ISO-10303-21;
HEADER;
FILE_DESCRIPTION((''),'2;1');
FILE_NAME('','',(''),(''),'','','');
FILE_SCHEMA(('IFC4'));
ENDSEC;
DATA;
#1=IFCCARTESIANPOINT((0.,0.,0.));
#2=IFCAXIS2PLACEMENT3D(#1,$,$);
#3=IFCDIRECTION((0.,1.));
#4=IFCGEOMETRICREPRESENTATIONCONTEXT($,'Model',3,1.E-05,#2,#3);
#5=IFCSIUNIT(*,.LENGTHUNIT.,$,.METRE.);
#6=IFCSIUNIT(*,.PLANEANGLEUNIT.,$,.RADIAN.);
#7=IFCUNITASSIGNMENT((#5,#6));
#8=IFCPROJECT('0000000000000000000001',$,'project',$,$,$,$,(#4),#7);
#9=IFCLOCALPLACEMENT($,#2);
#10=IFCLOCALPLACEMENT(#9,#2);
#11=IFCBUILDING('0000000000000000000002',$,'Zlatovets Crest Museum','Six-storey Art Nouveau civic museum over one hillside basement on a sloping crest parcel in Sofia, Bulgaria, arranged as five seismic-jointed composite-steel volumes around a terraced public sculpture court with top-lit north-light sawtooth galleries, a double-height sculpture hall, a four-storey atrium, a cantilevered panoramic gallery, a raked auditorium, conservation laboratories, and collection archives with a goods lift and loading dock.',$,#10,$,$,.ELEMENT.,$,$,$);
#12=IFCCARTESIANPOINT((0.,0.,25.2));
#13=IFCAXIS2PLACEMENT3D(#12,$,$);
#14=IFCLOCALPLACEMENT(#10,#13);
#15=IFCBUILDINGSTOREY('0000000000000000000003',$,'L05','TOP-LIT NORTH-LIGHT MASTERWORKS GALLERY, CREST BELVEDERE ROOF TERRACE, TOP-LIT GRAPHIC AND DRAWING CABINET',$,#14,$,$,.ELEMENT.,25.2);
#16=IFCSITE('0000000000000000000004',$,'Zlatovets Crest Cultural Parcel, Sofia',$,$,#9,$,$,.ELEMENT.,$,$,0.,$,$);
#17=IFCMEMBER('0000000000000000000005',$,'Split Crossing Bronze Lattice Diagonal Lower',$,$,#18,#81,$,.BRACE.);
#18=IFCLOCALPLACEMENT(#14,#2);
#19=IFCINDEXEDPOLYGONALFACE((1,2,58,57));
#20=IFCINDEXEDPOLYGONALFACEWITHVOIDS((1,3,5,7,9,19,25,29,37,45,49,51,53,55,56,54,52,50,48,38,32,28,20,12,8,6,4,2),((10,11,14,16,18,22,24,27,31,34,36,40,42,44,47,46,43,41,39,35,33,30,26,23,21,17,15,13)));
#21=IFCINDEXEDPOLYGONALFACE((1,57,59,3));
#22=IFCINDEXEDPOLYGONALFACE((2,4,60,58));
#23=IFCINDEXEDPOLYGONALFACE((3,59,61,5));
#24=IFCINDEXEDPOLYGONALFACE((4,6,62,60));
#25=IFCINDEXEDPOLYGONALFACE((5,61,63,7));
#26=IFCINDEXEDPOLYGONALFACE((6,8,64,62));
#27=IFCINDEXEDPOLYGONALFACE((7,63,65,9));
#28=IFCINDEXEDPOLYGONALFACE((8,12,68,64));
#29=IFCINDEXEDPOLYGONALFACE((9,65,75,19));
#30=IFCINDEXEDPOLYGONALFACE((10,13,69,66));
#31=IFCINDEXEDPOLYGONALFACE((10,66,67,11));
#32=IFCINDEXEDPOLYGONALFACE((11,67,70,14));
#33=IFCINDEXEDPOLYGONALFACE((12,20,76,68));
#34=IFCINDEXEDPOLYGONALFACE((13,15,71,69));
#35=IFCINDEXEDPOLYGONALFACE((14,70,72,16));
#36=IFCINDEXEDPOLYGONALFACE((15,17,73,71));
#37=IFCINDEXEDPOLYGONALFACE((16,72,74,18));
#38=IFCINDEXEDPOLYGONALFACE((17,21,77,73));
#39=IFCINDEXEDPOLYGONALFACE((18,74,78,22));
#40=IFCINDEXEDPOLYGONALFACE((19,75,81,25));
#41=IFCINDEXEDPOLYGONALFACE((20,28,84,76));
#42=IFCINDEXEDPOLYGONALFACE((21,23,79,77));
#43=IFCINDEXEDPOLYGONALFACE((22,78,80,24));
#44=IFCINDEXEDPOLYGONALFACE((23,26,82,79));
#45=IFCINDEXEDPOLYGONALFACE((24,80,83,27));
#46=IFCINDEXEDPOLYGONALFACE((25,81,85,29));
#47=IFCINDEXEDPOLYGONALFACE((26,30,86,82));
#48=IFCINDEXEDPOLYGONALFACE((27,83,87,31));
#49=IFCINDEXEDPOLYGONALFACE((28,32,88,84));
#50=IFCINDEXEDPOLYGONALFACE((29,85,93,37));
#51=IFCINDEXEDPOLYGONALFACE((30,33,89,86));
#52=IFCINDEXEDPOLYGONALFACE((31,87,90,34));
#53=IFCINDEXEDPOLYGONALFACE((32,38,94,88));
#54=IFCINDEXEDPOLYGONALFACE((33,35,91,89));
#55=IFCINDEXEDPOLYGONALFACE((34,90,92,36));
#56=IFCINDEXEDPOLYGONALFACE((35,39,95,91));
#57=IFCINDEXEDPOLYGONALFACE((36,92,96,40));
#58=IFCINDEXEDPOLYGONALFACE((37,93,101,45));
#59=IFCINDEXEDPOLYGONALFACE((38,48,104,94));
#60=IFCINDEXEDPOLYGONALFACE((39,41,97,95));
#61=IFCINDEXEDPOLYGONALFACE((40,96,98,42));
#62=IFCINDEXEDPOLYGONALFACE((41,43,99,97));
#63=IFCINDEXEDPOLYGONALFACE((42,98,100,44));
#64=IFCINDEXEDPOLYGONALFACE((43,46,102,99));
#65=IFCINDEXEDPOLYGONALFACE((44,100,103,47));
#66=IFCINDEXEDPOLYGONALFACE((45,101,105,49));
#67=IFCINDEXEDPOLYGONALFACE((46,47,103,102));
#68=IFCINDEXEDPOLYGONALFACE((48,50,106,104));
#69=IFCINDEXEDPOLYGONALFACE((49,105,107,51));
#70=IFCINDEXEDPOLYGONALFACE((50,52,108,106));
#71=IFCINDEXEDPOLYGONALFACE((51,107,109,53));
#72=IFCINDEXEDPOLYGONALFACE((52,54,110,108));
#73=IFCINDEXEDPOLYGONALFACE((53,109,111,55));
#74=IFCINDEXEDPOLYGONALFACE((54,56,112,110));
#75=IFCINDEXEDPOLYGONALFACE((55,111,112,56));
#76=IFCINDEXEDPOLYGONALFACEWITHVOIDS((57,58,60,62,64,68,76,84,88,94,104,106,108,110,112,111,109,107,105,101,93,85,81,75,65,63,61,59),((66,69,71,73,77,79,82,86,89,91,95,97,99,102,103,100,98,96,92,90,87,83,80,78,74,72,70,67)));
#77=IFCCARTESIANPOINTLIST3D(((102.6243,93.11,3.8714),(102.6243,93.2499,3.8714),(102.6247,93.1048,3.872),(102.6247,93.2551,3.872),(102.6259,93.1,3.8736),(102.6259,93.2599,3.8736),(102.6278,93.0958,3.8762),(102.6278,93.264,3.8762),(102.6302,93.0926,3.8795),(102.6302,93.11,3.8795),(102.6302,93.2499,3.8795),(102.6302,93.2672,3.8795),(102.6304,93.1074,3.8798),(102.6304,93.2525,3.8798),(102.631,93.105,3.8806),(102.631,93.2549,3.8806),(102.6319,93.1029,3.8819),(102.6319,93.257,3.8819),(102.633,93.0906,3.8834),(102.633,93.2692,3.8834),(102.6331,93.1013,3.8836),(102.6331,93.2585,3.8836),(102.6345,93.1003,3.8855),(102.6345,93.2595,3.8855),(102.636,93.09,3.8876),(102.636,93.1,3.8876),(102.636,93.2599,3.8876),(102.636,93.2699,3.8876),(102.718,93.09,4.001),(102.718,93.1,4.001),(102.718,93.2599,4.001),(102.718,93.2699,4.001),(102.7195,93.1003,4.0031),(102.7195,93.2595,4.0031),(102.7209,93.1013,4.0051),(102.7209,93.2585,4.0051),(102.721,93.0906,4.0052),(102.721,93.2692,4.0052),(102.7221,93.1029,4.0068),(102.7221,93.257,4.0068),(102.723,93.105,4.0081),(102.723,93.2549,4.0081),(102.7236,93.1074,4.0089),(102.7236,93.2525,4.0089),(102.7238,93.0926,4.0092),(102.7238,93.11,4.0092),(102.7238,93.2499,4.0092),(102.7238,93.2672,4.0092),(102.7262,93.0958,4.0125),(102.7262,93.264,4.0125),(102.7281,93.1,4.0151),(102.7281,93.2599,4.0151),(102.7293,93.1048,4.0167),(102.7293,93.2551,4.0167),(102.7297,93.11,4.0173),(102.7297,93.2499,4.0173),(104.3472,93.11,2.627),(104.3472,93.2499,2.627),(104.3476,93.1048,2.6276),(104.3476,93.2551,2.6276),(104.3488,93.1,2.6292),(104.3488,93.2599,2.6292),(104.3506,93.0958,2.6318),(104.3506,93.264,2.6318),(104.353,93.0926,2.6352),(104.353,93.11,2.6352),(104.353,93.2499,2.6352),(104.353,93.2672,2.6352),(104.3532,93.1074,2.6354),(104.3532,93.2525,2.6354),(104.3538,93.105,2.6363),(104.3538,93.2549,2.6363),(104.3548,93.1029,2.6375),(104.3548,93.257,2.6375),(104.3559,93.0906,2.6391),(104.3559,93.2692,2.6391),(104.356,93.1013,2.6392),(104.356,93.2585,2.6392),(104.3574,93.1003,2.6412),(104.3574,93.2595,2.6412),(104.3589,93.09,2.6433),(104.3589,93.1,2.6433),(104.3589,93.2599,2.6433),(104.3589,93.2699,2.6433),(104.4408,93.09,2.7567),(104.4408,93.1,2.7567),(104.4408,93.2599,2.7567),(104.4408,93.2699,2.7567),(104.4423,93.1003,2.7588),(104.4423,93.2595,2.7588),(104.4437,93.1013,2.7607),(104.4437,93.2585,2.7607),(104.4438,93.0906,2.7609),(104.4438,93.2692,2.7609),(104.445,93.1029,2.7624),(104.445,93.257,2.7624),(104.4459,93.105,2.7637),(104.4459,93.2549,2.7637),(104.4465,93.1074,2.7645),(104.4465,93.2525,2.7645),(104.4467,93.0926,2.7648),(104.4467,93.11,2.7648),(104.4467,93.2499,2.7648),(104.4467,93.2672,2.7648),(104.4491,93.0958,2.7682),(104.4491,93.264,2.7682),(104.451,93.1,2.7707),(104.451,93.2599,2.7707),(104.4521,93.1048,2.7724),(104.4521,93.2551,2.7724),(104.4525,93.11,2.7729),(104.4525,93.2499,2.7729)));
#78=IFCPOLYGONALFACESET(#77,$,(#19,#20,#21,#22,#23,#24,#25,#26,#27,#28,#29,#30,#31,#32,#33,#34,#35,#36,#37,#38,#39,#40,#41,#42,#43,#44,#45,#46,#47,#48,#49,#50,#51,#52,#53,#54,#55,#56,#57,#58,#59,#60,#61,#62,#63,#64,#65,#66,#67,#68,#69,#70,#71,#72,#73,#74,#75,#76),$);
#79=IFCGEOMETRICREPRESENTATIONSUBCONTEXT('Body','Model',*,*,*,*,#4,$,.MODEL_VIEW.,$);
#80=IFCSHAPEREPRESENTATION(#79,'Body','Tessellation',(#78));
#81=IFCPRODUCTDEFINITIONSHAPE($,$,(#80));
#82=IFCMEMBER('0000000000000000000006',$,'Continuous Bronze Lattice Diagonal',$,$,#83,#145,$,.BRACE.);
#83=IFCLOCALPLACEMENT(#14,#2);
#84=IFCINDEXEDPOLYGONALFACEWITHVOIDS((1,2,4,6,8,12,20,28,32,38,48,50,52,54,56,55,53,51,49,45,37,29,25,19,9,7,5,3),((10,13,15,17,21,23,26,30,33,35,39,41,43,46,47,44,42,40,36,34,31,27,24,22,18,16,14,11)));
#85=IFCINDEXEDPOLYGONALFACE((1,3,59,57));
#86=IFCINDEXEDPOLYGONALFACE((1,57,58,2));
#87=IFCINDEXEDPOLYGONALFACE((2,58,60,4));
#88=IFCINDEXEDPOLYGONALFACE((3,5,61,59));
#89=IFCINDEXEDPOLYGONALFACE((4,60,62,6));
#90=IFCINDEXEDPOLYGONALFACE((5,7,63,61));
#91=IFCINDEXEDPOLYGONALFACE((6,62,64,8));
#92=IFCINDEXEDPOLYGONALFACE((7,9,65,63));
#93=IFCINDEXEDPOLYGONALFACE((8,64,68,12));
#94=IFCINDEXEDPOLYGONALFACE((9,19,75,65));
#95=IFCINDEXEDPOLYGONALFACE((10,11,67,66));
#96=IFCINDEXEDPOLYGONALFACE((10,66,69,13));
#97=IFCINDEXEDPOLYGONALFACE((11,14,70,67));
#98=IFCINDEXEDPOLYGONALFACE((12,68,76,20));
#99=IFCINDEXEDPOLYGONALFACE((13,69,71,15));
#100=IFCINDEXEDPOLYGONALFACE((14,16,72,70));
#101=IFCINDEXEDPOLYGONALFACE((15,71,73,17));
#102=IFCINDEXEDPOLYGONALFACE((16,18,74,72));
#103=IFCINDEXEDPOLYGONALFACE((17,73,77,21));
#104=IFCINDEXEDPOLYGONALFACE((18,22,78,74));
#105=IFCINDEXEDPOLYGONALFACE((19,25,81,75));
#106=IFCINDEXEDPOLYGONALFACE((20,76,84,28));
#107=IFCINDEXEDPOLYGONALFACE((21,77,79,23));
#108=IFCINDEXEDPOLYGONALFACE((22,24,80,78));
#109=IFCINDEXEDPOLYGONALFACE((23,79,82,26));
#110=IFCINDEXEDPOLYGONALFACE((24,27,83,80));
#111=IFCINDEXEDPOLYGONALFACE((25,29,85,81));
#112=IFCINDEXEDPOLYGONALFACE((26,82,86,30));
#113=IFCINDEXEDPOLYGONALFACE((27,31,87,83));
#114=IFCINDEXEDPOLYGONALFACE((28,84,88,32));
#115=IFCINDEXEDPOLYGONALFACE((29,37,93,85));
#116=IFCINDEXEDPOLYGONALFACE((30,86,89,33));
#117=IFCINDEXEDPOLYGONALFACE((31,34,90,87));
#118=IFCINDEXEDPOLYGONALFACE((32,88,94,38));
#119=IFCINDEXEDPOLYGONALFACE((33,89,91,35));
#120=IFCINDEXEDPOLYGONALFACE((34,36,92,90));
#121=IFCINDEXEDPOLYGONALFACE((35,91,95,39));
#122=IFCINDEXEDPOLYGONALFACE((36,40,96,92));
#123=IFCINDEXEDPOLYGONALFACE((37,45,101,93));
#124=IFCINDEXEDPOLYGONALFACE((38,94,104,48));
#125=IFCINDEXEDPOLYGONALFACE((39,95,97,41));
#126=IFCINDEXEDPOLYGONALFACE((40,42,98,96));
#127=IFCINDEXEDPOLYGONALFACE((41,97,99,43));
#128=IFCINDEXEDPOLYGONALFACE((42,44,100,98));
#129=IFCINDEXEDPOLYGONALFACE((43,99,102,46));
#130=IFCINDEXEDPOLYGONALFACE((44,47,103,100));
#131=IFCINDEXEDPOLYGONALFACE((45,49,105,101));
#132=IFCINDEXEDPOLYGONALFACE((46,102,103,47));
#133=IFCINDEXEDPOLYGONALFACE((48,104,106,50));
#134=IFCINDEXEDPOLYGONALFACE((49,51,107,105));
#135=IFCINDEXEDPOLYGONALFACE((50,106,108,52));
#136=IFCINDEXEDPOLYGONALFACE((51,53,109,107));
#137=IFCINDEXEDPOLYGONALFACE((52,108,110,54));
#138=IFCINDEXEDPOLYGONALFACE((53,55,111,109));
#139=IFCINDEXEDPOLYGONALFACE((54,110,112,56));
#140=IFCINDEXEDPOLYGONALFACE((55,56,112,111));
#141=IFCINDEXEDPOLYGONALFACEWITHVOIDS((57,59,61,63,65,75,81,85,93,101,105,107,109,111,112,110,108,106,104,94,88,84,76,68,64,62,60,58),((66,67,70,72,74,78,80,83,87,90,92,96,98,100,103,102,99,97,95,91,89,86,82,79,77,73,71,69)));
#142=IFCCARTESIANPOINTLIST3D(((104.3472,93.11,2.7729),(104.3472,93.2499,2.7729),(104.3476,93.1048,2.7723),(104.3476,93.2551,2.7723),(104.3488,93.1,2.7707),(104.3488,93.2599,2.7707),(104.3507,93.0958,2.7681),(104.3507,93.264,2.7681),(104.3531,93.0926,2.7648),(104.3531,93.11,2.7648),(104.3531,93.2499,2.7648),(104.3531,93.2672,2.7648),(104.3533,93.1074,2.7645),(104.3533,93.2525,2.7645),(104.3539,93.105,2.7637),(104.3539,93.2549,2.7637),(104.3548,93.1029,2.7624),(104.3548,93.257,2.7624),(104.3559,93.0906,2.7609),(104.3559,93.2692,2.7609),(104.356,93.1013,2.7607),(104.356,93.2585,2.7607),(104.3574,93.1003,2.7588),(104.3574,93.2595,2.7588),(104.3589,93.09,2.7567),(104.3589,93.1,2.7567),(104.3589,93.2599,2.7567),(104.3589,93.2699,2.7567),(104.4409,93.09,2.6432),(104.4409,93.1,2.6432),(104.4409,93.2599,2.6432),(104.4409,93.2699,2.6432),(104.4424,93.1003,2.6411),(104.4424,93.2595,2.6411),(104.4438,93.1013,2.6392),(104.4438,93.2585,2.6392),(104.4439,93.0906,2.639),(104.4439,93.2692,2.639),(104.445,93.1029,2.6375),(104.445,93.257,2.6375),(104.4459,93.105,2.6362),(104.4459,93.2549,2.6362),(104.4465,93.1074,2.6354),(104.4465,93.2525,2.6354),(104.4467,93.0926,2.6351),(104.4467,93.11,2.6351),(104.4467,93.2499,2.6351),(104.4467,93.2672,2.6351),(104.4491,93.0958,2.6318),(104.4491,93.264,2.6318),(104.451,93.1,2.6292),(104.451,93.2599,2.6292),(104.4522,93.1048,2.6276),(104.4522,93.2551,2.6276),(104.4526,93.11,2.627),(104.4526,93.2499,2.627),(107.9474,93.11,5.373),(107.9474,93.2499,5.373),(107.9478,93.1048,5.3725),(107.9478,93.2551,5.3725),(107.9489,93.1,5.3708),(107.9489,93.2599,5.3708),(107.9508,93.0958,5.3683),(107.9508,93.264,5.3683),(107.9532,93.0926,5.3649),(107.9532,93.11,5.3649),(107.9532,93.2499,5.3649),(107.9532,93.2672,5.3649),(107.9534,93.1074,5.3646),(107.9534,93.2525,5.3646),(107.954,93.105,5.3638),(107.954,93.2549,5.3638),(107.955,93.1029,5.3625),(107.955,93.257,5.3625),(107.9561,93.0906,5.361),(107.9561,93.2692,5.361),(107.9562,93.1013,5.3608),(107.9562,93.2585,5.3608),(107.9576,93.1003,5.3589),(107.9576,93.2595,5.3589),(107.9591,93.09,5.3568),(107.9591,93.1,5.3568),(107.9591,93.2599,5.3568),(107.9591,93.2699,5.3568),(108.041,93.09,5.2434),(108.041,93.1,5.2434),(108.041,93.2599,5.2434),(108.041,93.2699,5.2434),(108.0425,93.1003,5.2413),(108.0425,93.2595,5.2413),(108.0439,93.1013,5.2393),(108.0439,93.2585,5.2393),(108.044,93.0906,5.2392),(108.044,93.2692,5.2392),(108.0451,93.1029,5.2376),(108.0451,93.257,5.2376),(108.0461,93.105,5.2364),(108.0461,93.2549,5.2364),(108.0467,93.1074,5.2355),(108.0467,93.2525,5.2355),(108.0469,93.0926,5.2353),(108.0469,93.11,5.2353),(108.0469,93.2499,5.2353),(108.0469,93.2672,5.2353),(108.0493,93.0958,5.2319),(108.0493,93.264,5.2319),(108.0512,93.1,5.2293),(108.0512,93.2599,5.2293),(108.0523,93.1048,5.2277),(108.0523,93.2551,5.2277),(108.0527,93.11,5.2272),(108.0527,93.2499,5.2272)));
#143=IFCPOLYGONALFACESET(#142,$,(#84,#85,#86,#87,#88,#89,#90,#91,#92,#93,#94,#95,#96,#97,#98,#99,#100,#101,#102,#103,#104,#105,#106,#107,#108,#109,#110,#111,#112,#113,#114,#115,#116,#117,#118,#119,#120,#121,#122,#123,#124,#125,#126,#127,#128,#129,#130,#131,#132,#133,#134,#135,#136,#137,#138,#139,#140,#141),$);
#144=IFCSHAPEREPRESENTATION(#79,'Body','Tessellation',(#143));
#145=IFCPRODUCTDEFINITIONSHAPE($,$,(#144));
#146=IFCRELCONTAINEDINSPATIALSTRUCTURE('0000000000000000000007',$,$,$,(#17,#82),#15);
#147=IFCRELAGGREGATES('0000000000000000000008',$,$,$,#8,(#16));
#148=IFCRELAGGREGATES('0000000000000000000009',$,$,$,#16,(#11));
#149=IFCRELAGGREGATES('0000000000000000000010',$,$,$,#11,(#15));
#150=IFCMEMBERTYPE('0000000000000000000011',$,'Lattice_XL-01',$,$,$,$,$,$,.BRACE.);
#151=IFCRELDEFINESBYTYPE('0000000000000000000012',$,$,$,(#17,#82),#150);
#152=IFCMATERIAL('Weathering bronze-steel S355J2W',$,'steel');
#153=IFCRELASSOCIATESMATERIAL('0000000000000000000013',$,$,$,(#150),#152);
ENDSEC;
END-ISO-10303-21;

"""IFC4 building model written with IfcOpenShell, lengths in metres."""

from ifc_helpers import new_model, si_unit, direction, frame, origin, origin_2d, place, context, subcontext, project, spatial, hollow_rectangle, extrude, material, material_profile, profile_set, type_object, element, save


model = new_model("IFC4")

# Units and contexts
model_context = context("Model", 3, precision=1e-05, world=origin(), true_north=direction((0.0, 1.0)))
body_context = subcontext(model_context, "Body", "Model", "MODEL_VIEW")
ifc_project = project(units=[si_unit("LENGTHUNIT", "METRE"), si_unit("PLANEANGLEUNIT", "RADIAN")], contexts=[model_context])

# Site, building, storey
site_placement = place(None, origin())
site = spatial("IfcSite", under=ifc_project, at=site_placement, Name="Zlatovets Crest Cultural Parcel, Sofia", CompositionType="ELEMENT", RefElevation=0.0)
building_placement = place(site_placement, origin())
building = spatial("IfcBuilding", under=site, at=building_placement, Name="Zlatovets Crest Museum", Description="Six-storey Art Nouveau civic museum over one hillside basement on a sloping crest parcel in Sofia, Bulgaria, arranged as five seismic-jointed composite-steel volumes around a terraced public sculpture court with top-lit north-light sawtooth galleries, a double-height sculpture hall, a four-storey atrium, a cantilevered panoramic gallery, a raked auditorium, conservation laboratories, and collection archives with a goods lift and loading dock.", CompositionType="ELEMENT")
storey_placement = place(building_placement, frame((0.0, 0.0, 25.2)))
storey = spatial("IfcBuildingStorey", under=building, at=storey_placement, Name="L05", Description="TOP-LIT NORTH-LIGHT MASTERWORKS GALLERY, CREST BELVEDERE ROOF TERRACE, TOP-LIT GRAPHIC AND DRAWING CABINET", CompositionType="ELEMENT", Elevation=25.2)

# Members
ifc_material_1 = material(Name="Weathering bronze-steel S355J2W", Category="steel")
ifc_material_profile_1 = material_profile(ifc_material_1, hollow_rectangle(XDim=0.1799, YDim=0.1799, WallThickness=0.01, InnerFilletRadius=0.01, OuterFilletRadius=0.02, at=origin_2d()), Name="SHS 180x180x10.0")
ifc_profile_set_1 = profile_set([ifc_material_profile_1], Name="Weathering bronze-steel S355J2W")
member_type_1 = type_object("IfcMemberType", Name="Lattice_XL-01", PredefinedType="BRACE", material=ifc_profile_set_1)
for number, where, z_axis, x_axis, name in (
    (1, (102.677, 93.1799, 3.9443), (0.810664, 0.0, -0.585512), (0.0, 1.0, 0.0), "Split Crossing Bronze Lattice Diagonal Lower"),
):
    element("IfcMember", number, at=place(storey_placement, frame(where, z_axis=z_axis, x_axis=x_axis)), inside=storey, type_object=member_type_1, Name=name, PredefinedType="BRACE", context=body_context, shape_type="SweptSolid", body=[
        extrude(hollow_rectangle(XDim=0.1799, YDim=0.1799, WallThickness=0.01, InnerFilletRadius=0.01, OuterFilletRadius=0.02, at=origin_2d()), origin(), (0.0, 0.0, 1.0), 2.1252),
    ])
member_1_placement = place(storey_placement, frame((104.3999, 93.1799, 2.7), z_axis=(0.810676, 0.0, 0.585495), x_axis=(0.0, 1.0, 0.0)))
element("IfcMember", 2, at=member_1_placement, inside=storey, type_object=member_type_1, Name="Continuous Bronze Lattice Diagonal", PredefinedType="BRACE", context=body_context, shape_type="SweptSolid", body=[
    extrude(hollow_rectangle(XDim=0.1799, YDim=0.1799, WallThickness=0.01, InnerFilletRadius=0.01, OuterFilletRadius=0.02, at=origin_2d()), origin(), (0.0, 0.0, 1.0), 4.4409),
])

save(model, "model.ifc")
